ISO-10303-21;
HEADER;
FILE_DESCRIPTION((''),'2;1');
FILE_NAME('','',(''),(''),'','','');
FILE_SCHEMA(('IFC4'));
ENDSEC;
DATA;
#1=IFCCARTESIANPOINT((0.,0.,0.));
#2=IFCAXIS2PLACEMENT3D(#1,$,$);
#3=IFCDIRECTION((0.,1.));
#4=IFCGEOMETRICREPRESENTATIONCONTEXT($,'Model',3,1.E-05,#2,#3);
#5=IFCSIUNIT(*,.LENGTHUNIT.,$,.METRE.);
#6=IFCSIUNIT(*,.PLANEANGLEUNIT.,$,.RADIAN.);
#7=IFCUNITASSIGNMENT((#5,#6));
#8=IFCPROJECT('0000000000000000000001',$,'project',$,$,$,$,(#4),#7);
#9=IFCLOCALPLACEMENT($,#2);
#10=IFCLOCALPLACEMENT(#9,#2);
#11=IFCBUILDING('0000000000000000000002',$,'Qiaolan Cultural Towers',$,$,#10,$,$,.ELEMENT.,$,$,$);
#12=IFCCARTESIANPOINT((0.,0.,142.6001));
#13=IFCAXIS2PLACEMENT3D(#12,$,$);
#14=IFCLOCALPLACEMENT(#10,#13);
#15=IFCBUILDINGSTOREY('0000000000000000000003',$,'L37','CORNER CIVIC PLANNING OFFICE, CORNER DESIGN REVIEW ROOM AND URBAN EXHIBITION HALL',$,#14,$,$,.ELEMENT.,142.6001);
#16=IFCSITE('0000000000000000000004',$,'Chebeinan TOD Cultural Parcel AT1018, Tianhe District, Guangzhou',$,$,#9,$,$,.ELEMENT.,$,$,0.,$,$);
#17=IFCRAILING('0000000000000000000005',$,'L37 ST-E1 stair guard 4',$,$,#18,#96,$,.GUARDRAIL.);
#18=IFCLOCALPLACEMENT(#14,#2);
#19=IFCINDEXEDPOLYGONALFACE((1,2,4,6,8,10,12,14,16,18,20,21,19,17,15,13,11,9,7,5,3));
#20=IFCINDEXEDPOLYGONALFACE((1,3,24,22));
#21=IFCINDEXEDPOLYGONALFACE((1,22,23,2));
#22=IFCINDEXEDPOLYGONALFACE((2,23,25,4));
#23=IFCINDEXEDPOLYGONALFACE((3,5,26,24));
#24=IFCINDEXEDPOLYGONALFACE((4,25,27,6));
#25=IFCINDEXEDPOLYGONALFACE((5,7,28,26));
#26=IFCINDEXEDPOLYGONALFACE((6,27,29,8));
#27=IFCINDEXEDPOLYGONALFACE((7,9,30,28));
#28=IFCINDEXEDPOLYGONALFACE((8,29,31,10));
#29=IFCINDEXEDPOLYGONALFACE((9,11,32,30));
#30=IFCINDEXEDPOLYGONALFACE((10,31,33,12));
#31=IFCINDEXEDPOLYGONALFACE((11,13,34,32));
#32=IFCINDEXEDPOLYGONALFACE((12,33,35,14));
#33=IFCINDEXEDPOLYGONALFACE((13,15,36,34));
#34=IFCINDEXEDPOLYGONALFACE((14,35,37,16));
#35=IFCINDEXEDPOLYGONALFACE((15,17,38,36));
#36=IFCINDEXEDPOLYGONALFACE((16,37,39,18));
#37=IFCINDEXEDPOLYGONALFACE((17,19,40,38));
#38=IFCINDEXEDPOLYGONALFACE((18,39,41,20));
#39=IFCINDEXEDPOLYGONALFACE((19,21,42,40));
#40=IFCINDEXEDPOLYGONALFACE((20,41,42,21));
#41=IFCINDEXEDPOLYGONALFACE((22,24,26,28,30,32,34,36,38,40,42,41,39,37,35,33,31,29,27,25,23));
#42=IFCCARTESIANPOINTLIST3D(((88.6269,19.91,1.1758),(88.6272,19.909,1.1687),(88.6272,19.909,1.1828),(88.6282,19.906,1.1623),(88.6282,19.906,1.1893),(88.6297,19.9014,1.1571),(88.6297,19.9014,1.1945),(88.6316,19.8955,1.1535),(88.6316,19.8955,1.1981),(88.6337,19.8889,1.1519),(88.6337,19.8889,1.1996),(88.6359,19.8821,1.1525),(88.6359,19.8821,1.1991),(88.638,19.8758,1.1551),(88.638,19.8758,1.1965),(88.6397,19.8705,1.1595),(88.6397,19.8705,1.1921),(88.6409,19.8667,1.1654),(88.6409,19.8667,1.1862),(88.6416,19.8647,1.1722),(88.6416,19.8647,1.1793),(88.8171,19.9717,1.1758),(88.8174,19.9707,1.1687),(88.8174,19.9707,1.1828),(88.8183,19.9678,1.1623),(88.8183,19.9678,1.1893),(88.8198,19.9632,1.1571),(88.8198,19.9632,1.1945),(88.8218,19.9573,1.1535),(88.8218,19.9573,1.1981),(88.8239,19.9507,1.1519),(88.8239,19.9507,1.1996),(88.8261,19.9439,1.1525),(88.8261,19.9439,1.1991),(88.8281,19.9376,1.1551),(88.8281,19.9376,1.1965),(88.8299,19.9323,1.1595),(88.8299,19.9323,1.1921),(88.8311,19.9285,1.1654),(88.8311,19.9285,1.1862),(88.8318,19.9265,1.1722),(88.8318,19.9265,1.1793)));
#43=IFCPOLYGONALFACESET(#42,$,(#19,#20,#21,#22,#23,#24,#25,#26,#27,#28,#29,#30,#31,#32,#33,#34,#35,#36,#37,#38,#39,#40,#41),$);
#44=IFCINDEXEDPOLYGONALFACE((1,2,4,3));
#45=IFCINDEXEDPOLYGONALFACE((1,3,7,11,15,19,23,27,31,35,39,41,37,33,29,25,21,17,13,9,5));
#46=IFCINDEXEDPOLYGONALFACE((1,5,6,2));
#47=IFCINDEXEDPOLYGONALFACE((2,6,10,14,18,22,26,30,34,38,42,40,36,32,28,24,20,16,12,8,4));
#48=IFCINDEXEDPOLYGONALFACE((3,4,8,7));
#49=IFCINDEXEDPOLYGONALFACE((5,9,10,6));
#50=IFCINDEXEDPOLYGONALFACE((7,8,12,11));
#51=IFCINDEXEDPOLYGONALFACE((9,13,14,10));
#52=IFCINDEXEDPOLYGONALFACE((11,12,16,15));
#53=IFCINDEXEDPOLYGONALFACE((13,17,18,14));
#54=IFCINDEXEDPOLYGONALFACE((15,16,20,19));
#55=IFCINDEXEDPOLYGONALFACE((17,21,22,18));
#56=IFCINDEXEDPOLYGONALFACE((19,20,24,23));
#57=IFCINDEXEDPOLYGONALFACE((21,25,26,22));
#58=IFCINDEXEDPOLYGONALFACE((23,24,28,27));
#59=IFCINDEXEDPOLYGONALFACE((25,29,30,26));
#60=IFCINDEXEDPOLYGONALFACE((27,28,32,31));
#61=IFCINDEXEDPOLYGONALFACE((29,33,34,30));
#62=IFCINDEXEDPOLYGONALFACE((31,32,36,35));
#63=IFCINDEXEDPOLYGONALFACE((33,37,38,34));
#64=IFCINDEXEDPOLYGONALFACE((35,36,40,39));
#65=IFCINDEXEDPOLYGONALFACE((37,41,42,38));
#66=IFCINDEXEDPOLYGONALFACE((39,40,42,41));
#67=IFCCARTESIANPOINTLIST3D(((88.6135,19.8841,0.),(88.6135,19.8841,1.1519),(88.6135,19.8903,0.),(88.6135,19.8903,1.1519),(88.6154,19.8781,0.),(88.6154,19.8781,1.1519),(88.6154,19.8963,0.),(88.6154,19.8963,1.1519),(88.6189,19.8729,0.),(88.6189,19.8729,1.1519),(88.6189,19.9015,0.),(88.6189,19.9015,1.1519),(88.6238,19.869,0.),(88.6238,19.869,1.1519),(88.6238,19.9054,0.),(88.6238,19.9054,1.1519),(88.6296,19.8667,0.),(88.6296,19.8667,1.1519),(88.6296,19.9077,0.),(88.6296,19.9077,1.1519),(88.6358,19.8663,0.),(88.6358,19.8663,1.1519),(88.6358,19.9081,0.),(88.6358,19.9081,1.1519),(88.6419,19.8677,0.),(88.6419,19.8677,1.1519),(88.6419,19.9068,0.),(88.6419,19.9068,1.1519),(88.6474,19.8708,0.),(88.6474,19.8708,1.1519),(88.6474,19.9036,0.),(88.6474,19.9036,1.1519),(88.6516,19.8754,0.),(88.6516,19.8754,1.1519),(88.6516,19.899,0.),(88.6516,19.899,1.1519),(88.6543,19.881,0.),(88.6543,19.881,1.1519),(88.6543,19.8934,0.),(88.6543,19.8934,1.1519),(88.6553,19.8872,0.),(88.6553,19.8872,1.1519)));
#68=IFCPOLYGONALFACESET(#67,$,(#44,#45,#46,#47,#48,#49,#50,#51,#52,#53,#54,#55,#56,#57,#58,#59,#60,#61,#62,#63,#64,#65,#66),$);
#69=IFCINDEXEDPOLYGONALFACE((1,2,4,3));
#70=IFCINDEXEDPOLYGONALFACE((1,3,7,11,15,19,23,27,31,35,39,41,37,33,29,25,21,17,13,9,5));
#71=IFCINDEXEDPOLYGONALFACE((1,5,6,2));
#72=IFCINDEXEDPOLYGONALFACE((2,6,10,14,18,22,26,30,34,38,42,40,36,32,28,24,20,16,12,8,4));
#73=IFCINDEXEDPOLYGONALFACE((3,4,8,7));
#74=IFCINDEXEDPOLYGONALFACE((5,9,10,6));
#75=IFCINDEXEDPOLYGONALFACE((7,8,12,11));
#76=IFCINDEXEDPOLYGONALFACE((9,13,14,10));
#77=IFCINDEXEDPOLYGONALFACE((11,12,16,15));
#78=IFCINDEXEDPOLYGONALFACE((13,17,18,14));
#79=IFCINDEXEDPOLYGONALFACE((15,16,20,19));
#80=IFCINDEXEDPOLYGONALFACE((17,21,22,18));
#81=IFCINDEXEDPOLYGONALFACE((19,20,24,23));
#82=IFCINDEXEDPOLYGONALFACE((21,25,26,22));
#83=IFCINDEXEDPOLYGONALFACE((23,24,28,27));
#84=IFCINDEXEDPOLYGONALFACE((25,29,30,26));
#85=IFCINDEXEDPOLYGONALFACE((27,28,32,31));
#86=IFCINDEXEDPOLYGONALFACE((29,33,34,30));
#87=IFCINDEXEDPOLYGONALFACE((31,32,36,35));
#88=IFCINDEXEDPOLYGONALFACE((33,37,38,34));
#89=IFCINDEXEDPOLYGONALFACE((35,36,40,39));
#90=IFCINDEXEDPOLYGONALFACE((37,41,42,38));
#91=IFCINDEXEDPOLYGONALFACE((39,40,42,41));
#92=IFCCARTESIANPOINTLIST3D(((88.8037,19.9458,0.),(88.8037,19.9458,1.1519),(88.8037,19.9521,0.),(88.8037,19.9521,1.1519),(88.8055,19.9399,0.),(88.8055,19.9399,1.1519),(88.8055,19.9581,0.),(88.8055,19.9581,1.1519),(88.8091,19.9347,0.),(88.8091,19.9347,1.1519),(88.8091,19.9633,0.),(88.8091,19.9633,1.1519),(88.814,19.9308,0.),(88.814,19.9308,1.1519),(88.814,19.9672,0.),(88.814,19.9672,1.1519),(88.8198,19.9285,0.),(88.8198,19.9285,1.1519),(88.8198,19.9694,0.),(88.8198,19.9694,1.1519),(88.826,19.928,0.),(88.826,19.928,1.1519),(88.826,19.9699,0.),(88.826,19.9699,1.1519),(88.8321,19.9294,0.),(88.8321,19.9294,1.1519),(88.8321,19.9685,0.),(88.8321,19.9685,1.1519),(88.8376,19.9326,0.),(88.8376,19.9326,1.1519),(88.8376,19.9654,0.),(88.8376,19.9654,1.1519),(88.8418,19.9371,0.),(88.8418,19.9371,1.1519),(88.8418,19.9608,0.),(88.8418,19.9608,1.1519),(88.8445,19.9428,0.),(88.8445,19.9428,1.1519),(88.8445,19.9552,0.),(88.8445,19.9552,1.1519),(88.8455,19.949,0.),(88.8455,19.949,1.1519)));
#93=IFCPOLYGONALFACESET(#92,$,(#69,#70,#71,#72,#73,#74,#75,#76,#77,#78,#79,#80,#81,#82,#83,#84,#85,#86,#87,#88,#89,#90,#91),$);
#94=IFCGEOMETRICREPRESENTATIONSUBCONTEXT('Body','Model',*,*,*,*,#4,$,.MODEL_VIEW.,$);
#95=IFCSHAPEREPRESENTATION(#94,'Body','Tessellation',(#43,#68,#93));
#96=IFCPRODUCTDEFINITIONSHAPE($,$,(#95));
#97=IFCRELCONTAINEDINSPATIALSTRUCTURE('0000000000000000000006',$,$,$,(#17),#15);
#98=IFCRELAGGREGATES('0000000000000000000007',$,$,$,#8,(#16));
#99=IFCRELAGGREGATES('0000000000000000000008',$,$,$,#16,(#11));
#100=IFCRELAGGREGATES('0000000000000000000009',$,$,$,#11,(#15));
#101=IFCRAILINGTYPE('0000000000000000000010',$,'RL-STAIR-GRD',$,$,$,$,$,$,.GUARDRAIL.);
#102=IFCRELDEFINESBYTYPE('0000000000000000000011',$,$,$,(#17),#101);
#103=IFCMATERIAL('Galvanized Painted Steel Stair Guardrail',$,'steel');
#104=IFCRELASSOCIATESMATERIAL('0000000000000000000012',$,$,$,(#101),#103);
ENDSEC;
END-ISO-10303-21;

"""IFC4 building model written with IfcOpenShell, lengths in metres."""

from ifc_helpers import new_model, si_unit, direction, frame, origin, origin_2d, place, context, subcontext, project, spatial, circle, extrude, material, type_object, element, save


model = new_model("IFC4")

# Units and contexts
model_context = context("Model", 3, precision=1e-05, world=origin(), true_north=direction((0.0, 1.0)))
body_context = subcontext(model_context, "Body", "Model", "MODEL_VIEW")
ifc_project = project(units=[si_unit("LENGTHUNIT", "METRE"), si_unit("PLANEANGLEUNIT", "RADIAN")], contexts=[model_context])

# Site, building, storey
site_placement = place(None, origin())
site = spatial("IfcSite", under=ifc_project, at=site_placement, Name="Chebeinan TOD Cultural Parcel AT1018, Tianhe District, Guangzhou", CompositionType="ELEMENT", RefElevation=0.0)
building_placement = place(site_placement, origin())
building = spatial("IfcBuilding", under=site, at=building_placement, Name="Qiaolan Cultural Towers", CompositionType="ELEMENT")
storey_placement = place(building_placement, frame((0.0, 0.0, 142.6001)))
storey = spatial("IfcBuildingStorey", under=building, at=storey_placement, Name="L37", Description="CORNER CIVIC PLANNING OFFICE, CORNER DESIGN REVIEW ROOM AND URBAN EXHIBITION HALL", CompositionType="ELEMENT", Elevation=142.6001)

# Railing
ifc_material_1 = material(Name="Galvanized Painted Steel Stair Guardrail", Category="steel")
railing_type_1 = type_object("IfcRailingType", Name="RL-STAIR-GRD", PredefinedType="GUARDRAIL", material=ifc_material_1)
railing_1_placement = place(storey_placement, frame((88.6343, 19.8872, 0.0)))
element("IfcRailing", 1, at=railing_1_placement, inside=storey, type_object=railing_type_1, Name="L37 ST-E1 stair guard 4", PredefinedType="GUARDRAIL", context=body_context, shape_type="SweptSolid", body=[
    extrude(circle(Radius=0.0239, at=origin_2d()), frame((0.0, 0.0, 1.1758), z_axis=(0.951097, 0.308893, 0.0), x_axis=(-0.308893, 0.951097, 0.0)), (0.0, 0.0, 1.0), 0.2),
    extrude(circle(Radius=0.021, at=origin_2d()), origin(), (0.0, 0.0, 1.0), 1.1519),
    extrude(circle(Radius=0.021, at=origin_2d()), frame((0.1902, 0.0618, 0.0)), (0.0, 0.0, 1.0), 1.1519),
])

save(model, "model.ifc")
